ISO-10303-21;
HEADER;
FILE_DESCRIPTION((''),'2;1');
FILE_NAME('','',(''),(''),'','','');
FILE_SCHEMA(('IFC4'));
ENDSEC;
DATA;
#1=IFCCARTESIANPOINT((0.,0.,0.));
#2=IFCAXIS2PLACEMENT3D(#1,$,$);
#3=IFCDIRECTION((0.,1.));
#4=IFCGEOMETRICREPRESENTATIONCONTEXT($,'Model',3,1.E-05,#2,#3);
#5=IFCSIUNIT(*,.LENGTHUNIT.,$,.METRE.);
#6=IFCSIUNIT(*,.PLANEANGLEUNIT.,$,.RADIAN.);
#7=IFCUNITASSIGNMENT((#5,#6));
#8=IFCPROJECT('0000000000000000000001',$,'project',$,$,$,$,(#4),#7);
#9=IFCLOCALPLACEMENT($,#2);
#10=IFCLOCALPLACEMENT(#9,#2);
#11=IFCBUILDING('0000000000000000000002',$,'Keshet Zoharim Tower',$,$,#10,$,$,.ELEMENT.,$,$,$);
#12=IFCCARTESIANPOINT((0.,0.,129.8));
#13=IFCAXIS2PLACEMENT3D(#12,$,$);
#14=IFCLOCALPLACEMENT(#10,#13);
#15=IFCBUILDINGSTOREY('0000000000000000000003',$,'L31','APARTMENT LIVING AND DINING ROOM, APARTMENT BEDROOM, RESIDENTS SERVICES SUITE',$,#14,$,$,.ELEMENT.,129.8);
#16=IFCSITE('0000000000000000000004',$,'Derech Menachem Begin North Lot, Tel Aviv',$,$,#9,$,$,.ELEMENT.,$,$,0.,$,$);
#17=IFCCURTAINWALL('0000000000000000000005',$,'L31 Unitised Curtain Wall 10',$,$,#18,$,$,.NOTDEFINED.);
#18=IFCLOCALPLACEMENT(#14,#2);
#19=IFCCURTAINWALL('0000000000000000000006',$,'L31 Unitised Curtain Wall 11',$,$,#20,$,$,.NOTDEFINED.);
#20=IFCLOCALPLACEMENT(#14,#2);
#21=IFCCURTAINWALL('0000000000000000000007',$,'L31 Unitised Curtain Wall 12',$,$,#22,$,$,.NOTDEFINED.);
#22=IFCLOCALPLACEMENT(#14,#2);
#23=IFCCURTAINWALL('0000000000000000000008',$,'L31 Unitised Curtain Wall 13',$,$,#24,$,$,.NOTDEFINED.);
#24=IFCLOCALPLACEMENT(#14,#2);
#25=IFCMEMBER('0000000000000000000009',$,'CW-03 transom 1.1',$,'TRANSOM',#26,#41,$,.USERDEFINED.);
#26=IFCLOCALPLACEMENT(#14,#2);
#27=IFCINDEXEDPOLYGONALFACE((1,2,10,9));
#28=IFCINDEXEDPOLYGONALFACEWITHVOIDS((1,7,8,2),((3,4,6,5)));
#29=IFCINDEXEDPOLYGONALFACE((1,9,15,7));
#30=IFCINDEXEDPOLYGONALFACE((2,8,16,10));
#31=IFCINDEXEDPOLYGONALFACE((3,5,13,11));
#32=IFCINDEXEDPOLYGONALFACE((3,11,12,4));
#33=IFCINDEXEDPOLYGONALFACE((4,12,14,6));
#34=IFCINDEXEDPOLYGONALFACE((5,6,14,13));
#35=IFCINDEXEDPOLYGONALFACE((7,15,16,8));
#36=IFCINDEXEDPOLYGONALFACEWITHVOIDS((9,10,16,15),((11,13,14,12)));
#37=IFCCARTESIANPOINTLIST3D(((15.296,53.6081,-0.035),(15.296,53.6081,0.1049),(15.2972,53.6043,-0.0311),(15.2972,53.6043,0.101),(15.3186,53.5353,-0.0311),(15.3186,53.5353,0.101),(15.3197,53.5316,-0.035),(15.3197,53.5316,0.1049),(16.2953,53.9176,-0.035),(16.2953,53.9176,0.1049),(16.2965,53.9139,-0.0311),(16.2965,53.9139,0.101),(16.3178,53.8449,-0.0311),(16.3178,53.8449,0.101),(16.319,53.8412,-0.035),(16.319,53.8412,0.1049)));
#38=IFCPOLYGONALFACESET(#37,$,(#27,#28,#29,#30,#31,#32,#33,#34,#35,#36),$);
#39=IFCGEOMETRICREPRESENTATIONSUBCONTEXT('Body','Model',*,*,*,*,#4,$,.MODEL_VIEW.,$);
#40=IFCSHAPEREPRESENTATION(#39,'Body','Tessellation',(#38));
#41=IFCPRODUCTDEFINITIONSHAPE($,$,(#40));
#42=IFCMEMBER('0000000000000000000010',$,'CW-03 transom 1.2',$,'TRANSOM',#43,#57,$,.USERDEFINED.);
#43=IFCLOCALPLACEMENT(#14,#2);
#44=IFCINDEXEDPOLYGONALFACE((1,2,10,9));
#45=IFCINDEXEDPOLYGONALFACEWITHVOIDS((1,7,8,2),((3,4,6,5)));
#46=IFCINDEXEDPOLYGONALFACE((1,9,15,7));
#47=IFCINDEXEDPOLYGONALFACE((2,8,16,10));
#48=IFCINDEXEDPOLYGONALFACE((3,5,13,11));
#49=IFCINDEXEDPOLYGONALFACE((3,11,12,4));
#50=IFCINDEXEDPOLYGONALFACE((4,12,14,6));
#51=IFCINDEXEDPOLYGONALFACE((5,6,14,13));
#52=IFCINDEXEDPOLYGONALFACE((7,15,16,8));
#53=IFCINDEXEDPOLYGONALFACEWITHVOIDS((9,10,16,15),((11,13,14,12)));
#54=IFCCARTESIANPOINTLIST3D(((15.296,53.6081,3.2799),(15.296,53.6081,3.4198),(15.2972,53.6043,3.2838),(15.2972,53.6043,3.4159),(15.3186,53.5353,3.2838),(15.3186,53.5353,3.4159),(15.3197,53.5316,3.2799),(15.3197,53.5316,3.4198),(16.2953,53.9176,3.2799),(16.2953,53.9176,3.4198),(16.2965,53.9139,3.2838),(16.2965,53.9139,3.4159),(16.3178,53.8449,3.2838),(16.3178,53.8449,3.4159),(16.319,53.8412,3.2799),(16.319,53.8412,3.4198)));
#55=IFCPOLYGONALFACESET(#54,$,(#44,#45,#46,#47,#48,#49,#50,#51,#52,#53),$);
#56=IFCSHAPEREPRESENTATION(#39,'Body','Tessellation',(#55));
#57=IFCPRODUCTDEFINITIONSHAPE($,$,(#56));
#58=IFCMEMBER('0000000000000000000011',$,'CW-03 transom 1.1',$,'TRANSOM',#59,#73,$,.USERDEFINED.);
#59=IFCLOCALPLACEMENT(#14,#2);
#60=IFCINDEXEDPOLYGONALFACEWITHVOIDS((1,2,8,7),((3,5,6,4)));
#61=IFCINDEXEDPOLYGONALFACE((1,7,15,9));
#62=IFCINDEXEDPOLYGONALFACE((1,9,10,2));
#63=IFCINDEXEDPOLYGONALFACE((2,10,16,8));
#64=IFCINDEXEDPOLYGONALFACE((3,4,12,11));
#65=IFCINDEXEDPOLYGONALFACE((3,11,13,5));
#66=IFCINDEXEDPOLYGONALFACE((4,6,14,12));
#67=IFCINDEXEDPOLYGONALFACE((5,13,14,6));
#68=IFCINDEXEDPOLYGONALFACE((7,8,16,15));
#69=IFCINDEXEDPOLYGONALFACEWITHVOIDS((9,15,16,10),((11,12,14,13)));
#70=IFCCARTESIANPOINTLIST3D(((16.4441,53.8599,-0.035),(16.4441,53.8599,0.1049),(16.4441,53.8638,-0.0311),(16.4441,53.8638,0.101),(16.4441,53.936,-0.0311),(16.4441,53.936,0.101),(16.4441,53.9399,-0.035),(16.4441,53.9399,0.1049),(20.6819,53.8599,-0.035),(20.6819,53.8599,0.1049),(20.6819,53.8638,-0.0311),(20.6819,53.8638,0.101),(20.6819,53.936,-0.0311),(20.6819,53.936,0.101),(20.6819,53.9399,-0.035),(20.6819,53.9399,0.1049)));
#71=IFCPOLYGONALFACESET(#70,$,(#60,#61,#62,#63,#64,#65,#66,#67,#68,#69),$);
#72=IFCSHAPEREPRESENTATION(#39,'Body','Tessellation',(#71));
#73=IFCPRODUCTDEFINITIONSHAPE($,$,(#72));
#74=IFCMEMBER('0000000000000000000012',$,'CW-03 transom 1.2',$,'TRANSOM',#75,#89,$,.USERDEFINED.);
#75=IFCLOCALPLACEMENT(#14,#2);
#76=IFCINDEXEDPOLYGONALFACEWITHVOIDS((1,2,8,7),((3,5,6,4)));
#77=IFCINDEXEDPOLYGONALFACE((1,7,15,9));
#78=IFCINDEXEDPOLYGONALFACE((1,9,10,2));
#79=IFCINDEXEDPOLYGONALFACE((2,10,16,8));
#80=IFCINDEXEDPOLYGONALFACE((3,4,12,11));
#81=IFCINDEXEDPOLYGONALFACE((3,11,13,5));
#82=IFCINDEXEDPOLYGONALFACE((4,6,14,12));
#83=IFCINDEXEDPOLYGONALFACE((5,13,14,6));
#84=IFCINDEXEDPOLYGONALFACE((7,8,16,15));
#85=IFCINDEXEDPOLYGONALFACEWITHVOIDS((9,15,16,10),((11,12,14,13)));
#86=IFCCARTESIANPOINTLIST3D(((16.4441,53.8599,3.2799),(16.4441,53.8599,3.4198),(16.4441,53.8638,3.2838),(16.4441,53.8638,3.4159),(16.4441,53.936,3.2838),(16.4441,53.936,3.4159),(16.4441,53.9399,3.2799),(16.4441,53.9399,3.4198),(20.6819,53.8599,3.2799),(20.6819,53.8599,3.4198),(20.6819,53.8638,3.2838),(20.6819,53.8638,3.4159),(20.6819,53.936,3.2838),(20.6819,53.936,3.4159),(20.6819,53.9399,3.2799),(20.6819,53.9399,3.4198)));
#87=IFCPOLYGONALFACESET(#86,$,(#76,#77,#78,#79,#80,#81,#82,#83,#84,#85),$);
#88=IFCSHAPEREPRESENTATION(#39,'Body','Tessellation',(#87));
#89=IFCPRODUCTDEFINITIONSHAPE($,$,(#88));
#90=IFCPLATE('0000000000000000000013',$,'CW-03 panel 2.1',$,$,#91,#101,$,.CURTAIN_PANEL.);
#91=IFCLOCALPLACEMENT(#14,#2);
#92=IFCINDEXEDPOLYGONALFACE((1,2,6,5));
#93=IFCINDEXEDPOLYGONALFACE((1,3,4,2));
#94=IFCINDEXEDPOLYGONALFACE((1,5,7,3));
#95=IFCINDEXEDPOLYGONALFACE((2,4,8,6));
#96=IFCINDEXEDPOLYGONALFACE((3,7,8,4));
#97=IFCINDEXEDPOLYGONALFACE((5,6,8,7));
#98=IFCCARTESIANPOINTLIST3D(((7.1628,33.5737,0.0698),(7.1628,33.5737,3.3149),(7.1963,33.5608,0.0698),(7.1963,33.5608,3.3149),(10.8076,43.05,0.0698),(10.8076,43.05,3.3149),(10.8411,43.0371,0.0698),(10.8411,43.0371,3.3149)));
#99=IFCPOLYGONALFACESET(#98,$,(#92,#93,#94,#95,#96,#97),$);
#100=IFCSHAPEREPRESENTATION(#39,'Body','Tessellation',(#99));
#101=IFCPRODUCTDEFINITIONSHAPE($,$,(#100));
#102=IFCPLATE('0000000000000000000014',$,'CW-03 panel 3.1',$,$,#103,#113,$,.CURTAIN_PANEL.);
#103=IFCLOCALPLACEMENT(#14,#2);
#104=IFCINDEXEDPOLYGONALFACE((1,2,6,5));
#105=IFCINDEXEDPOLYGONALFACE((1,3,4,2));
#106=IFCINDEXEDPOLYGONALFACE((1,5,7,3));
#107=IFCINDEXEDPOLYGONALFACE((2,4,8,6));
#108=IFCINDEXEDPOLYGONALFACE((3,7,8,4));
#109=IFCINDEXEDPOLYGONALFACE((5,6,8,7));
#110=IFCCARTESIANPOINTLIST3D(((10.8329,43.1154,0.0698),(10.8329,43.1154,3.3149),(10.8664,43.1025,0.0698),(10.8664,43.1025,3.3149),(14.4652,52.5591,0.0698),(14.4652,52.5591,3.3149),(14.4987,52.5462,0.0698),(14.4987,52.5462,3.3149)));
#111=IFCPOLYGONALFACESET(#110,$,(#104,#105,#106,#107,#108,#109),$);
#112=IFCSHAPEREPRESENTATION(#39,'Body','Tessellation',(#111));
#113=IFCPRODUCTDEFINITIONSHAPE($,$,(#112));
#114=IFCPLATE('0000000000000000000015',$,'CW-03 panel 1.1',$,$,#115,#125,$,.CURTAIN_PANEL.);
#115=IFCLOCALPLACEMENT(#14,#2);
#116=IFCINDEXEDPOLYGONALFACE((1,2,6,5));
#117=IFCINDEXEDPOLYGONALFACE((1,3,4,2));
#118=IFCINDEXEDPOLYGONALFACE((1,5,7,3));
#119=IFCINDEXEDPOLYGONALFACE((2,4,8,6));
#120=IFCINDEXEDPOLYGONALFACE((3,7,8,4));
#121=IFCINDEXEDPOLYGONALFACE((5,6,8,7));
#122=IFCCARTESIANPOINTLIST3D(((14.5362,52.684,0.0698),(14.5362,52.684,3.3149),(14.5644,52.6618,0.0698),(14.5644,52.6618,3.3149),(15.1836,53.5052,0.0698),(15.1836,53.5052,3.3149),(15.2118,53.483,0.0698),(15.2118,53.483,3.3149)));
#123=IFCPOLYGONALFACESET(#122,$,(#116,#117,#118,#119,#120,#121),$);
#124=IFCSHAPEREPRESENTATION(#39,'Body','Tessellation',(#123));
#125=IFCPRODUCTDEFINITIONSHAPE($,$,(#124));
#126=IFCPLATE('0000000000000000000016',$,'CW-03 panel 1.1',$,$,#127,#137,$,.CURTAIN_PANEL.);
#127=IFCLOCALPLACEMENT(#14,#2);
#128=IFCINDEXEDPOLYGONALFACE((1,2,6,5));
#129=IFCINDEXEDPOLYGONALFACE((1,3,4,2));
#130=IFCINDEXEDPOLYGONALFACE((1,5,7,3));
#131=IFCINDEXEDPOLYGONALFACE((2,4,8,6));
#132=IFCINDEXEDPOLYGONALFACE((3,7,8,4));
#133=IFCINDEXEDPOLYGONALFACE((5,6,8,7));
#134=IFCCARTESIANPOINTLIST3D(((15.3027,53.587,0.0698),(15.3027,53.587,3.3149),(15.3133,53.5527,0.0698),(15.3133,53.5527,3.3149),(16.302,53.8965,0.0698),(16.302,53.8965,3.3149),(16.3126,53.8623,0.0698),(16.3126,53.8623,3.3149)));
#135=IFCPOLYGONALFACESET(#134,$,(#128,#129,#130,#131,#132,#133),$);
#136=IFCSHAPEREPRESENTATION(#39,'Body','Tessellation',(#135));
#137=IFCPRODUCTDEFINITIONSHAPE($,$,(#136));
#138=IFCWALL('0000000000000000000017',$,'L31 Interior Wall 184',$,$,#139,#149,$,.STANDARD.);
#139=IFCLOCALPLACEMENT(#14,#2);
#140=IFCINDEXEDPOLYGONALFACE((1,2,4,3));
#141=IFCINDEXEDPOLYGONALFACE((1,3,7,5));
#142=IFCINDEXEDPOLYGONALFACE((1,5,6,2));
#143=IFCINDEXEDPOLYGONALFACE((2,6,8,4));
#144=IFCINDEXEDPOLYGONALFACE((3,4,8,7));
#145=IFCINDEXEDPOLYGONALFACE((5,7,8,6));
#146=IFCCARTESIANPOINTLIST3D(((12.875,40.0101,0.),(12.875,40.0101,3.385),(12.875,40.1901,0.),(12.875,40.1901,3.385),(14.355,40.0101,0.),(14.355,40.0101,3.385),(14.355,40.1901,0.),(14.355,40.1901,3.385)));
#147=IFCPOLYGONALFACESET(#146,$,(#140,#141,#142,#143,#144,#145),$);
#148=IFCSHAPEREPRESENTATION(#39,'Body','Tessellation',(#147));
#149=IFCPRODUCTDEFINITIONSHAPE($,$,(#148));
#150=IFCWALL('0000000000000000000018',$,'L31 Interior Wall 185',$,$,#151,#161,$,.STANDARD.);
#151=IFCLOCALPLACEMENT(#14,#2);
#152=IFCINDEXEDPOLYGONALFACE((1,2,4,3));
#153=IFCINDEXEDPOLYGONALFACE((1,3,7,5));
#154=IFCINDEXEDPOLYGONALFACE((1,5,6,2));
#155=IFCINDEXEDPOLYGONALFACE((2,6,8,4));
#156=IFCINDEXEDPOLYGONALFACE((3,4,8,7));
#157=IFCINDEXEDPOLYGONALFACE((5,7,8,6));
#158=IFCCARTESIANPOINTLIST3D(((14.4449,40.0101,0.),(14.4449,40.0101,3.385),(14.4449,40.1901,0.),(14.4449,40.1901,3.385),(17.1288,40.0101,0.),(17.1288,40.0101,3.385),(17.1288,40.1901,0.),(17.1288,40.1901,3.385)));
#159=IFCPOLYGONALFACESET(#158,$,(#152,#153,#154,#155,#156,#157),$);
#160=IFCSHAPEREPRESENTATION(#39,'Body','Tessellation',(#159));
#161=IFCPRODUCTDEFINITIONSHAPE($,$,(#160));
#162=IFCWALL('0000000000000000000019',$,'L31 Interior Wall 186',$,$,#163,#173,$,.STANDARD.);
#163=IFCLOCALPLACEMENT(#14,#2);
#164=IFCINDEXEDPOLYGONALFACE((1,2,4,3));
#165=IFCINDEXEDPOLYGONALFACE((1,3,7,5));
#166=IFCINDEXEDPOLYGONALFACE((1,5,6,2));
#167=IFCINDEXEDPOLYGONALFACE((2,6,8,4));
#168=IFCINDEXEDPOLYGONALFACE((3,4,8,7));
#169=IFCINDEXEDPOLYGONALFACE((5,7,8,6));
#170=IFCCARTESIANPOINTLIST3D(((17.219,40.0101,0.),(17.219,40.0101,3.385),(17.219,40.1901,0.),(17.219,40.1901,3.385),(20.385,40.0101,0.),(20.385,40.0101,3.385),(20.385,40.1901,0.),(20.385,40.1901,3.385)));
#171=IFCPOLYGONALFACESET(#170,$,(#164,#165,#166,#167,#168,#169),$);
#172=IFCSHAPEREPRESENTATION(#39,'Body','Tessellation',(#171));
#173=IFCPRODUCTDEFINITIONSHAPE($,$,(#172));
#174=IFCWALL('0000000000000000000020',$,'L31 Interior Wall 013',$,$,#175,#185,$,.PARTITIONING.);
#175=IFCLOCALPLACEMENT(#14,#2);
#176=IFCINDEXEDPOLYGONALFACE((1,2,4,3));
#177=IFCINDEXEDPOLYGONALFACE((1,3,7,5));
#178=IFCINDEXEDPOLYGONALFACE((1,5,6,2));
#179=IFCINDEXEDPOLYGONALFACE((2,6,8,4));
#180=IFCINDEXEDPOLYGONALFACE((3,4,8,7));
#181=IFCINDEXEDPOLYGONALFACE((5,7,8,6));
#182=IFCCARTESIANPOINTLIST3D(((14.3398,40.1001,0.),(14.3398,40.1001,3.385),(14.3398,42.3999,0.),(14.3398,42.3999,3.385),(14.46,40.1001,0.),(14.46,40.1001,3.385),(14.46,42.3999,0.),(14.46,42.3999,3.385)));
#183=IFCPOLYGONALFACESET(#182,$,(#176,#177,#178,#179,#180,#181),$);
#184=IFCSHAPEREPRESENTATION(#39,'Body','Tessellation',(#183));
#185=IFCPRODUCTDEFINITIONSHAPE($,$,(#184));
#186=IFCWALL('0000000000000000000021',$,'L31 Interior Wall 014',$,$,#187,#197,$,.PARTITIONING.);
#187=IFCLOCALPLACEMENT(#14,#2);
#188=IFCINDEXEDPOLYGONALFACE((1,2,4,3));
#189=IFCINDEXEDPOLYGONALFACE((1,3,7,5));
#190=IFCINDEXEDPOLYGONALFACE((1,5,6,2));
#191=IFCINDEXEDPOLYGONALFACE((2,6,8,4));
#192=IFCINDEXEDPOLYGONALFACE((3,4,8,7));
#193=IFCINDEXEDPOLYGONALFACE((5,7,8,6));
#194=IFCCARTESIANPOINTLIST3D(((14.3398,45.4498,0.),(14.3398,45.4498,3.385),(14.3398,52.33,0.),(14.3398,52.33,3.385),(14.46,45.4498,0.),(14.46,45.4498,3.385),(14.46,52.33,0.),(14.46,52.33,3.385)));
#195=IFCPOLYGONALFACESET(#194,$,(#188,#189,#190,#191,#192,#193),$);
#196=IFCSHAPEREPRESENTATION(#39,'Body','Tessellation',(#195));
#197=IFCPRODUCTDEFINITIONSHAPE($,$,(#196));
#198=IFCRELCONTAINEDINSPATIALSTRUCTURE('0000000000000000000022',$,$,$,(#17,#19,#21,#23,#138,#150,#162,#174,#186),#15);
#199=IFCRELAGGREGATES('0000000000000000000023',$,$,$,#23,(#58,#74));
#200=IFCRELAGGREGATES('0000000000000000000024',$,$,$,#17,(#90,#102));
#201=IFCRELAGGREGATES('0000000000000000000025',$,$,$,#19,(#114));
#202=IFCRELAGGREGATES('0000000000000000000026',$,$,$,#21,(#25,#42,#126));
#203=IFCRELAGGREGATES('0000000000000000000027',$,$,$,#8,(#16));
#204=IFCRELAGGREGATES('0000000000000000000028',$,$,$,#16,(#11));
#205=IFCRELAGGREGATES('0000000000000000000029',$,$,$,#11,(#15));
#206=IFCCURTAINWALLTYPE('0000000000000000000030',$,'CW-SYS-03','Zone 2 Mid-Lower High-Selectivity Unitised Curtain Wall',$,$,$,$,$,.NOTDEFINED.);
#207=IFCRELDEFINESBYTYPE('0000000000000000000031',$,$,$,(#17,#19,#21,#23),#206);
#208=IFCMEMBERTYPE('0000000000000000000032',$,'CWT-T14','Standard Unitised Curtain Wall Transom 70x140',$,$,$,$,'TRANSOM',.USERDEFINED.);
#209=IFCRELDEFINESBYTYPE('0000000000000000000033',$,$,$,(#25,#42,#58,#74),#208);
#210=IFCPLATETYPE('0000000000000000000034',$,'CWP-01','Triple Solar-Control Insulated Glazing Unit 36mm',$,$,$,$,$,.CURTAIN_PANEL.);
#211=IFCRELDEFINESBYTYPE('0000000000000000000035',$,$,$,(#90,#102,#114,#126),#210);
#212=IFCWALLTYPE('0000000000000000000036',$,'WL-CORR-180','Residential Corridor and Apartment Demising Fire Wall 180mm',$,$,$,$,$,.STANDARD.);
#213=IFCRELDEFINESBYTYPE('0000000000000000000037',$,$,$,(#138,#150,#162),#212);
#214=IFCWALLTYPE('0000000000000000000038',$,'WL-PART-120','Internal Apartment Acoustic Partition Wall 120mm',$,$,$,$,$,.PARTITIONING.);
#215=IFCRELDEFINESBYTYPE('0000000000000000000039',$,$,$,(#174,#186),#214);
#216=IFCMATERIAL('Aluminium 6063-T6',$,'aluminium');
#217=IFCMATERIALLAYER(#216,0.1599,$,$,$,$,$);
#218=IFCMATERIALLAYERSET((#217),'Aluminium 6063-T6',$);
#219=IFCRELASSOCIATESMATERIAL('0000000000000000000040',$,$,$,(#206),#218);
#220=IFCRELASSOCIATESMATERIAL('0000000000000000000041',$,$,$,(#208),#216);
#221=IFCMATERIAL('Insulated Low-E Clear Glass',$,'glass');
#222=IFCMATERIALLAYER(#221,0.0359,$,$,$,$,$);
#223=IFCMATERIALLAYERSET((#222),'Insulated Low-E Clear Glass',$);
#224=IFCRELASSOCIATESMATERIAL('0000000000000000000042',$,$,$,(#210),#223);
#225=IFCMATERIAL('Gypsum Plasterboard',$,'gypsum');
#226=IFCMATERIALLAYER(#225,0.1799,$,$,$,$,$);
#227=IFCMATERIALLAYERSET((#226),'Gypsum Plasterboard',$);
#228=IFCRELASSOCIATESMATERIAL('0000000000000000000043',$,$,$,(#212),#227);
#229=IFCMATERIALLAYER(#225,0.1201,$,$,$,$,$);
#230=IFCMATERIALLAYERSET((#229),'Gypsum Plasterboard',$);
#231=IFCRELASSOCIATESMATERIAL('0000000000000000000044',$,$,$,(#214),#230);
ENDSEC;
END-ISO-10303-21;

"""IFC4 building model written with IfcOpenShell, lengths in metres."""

from ifc_helpers import new_model, si_unit, direction, frame, frame_2d, origin, origin_2d, place, context, subcontext, project, spatial, rectangle, hollow_rectangle, extrude, material, layer, layer_set, material_profile, profile_set, type_object, element, aggregate, save


model = new_model("IFC4")

# Units and contexts
model_context = context("Model", 3, precision=1e-05, world=origin(), true_north=direction((0.0, 1.0)))
body_context = subcontext(model_context, "Body", "Model", "MODEL_VIEW")
ifc_project = project(units=[si_unit("LENGTHUNIT", "METRE"), si_unit("PLANEANGLEUNIT", "RADIAN")], contexts=[model_context])

# Site, building, storey
site_placement = place(None, origin())
site = spatial("IfcSite", under=ifc_project, at=site_placement, Name="Derech Menachem Begin North Lot, Tel Aviv", CompositionType="ELEMENT", RefElevation=0.0)
building_placement = place(site_placement, origin())
building = spatial("IfcBuilding", under=site, at=building_placement, Name="Keshet Zoharim Tower", CompositionType="ELEMENT")
storey_placement = place(building_placement, frame((0.0, 0.0, 129.8)))
storey = spatial("IfcBuildingStorey", under=building, at=storey_placement, Name="L31", Description="APARTMENT LIVING AND DINING ROOM, APARTMENT BEDROOM, RESIDENTS SERVICES SUITE", CompositionType="ELEMENT", Elevation=129.8)

# Curtain walls
ifc_material_1 = material(Name="Aluminium 6063-T6", Category="aluminium")
ifc_layer_1 = layer(ifc_material_1, 0.1599)
ifc_layer_set_1 = layer_set([ifc_layer_1], Name="Aluminium 6063-T6")
curtain_wall_type = type_object("IfcCurtainWallType", Name="CW-SYS-03", Description="Zone 2 Mid-Lower High-Selectivity Unitised Curtain Wall", PredefinedType="NOTDEFINED", material=ifc_layer_set_1)
curtain_wall_1_placement = place(storey_placement, origin())
curtain_wall_1 = element("IfcCurtainWall", 1, at=curtain_wall_1_placement, inside=storey, type_object=curtain_wall_type, Name="L31 Unitised Curtain Wall 10", PredefinedType="NOTDEFINED")
curtain_wall_2_placement = place(storey_placement, origin())
curtain_wall_2 = element("IfcCurtainWall", 2, at=curtain_wall_2_placement, inside=storey, type_object=curtain_wall_type, Name="L31 Unitised Curtain Wall 11", PredefinedType="NOTDEFINED")
curtain_wall_3_placement = place(storey_placement, origin())
curtain_wall_3 = element("IfcCurtainWall", 3, at=curtain_wall_3_placement, inside=storey, type_object=curtain_wall_type, Name="L31 Unitised Curtain Wall 12", PredefinedType="NOTDEFINED")

# Curtain wall
curtain_wall_4_placement = place(storey_placement, origin())
curtain_wall_4 = element("IfcCurtainWall", 4, at=curtain_wall_4_placement, inside=storey, type_object=curtain_wall_type, Name="L31 Unitised Curtain Wall 13", PredefinedType="NOTDEFINED")

# Members
ifc_material_profile_1 = material_profile(ifc_material_1, hollow_rectangle(XDim=0.0801, YDim=0.1399, WallThickness=0.0039, at=origin_2d()), Name="TRN-80x140")
ifc_profile_set_1 = profile_set([ifc_material_profile_1], Name="Aluminium 6063-T6")
member_type_1 = type_object("IfcMemberType", Name="CWT-T14", Description="Standard Unitised Curtain Wall Transom 70x140", ElementType="TRANSOM", PredefinedType="USERDEFINED", material=ifc_profile_set_1)
member_1_placement = place(storey_placement, frame((15.3079, 53.5698, 0.0349), z_axis=(0.955212, 0.295922, 0.0), x_axis=(-0.295922, 0.955212, 0.0)))
member_1 = element("IfcMember", 5, at=member_1_placement, type_object=member_type_1, Name="CW-03 transom 1.1", ObjectType="TRANSOM", PredefinedType="USERDEFINED", context=body_context, shape_type="SweptSolid", body=[
    extrude(hollow_rectangle(XDim=0.0801, YDim=0.1399, WallThickness=0.0039, at=origin_2d()), origin(), (0.0, 0.0, 1.0), 1.0461),
])
member_2_placement = place(storey_placement, frame((15.3079, 53.5698, 3.3499), z_axis=(0.955212, 0.295922, 0.0), x_axis=(-0.295922, 0.955212, 0.0)))
member_2 = element("IfcMember", 6, at=member_2_placement, type_object=member_type_1, Name="CW-03 transom 1.2", ObjectType="TRANSOM", PredefinedType="USERDEFINED", context=body_context, shape_type="SweptSolid", body=[
    extrude(hollow_rectangle(XDim=0.0801, YDim=0.1399, WallThickness=0.0039, at=origin_2d()), origin(), (0.0, 0.0, 1.0), 1.0461),
])
member_3_placement = place(storey_placement, frame((16.4441, 53.8999, 0.0349), z_axis=(1.0, 0.0, 0.0), x_axis=(0.0, 1.0, 0.0)))
member_3 = element("IfcMember", 7, at=member_3_placement, type_object=member_type_1, Name="CW-03 transom 1.1", ObjectType="TRANSOM", PredefinedType="USERDEFINED", context=body_context, shape_type="SweptSolid", body=[
    extrude(hollow_rectangle(XDim=0.0801, YDim=0.1399, WallThickness=0.0039, at=origin_2d()), origin(), (0.0, 0.0, 1.0), 4.2378),
])
member_4_placement = place(storey_placement, frame((16.4441, 53.8999, 3.3499), z_axis=(1.0, 0.0, 0.0), x_axis=(0.0, 1.0, 0.0)))
member_4 = element("IfcMember", 8, at=member_4_placement, type_object=member_type_1, Name="CW-03 transom 1.2", ObjectType="TRANSOM", PredefinedType="USERDEFINED", context=body_context, shape_type="SweptSolid", body=[
    extrude(hollow_rectangle(XDim=0.0801, YDim=0.1399, WallThickness=0.0039, at=origin_2d()), origin(), (0.0, 0.0, 1.0), 4.2378),
])
aggregate(curtain_wall_4, [member_3, member_4])

# Plates
ifc_material_2 = material(Name="Insulated Low-E Clear Glass", Category="glass")
ifc_layer_2 = layer(ifc_material_2, 0.0359)
ifc_layer_set_2 = layer_set([ifc_layer_2], Name="Insulated Low-E Clear Glass")
plate_type = type_object("IfcPlateType", Name="CWP-01", Description="Triple Solar-Control Insulated Glazing Unit 36mm", PredefinedType="CURTAIN_PANEL", material=ifc_layer_set_2)
plate_1_placement = place(storey_placement, frame((9.002, 38.3054, 0.0698), z_axis=(0.0, 0.0, 1.0), x_axis=(0.35899, 0.933341, 0.0)))
plate_1 = element("IfcPlate", 9, at=plate_1_placement, type_object=plate_type, Name="CW-03 panel 2.1", PredefinedType="CURTAIN_PANEL", context=body_context, shape_type="SweptSolid", body=[
    extrude(rectangle(XDim=10.1531, YDim=0.0359, at=origin_2d()), origin(), (0.0, 0.0, 1.0), 3.2451),
])
plate_2_placement = place(storey_placement, frame((12.6658, 47.8308, 0.0698), z_axis=(0.0, 0.0, 1.0), x_axis=(0.35899, 0.933341, 0.0)))
plate_2 = element("IfcPlate", 10, at=plate_2_placement, type_object=plate_type, Name="CW-03 panel 3.1", PredefinedType="CURTAIN_PANEL", context=body_context, shape_type="SweptSolid", body=[
    extrude(rectangle(XDim=10.1182, YDim=0.0359, at=origin_2d()), origin(), (0.0, 0.0, 1.0), 3.2451),
])
aggregate(curtain_wall_1, [plate_1, plate_2])
plate_3_placement = place(storey_placement, frame((14.874, 53.0835, 0.0698), z_axis=(0.0, 0.0, 1.0), x_axis=(0.619125, 0.785293, 0.0)))
plate_3 = element("IfcPlate", 11, at=plate_3_placement, type_object=plate_type, Name="CW-03 panel 1.1", PredefinedType="CURTAIN_PANEL", context=body_context, shape_type="SweptSolid", body=[
    extrude(rectangle(XDim=1.0457, YDim=0.0359, at=origin_2d()), origin(), (0.0, 0.0, 1.0), 3.2451),
])
aggregate(curtain_wall_2, [plate_3])
plate_4_placement = place(storey_placement, frame((15.8076, 53.7246, 0.0698), z_axis=(0.0, 0.0, 1.0), x_axis=(0.955212, 0.295922, 0.0)))
plate_4 = element("IfcPlate", 12, at=plate_4_placement, type_object=plate_type, Name="CW-03 panel 1.1", PredefinedType="CURTAIN_PANEL", context=body_context, shape_type="SweptSolid", body=[
    extrude(rectangle(XDim=1.0461, YDim=0.0359, at=origin_2d()), origin(), (0.0, 0.0, 1.0), 3.2451),
])
aggregate(curtain_wall_3, [member_1, member_2, plate_4])

# Walls
ifc_material_3 = material(Name="Gypsum Plasterboard", Category="gypsum")
ifc_layer_3 = layer(ifc_material_3, 0.1799)
ifc_layer_set_3 = layer_set([ifc_layer_3], Name="Gypsum Plasterboard")
wall_type_1 = type_object("IfcWallType", Name="WL-CORR-180", Description="Residential Corridor and Apartment Demising Fire Wall 180mm", PredefinedType="STANDARD", material=ifc_layer_set_3)
wall_1_placement = place(storey_placement, frame((12.875, 40.1001, 0.0), z_axis=(0.0, 0.0, 1.0), x_axis=(1.0, 0.0, 0.0)))
element("IfcWall", 13, at=wall_1_placement, inside=storey, type_object=wall_type_1, Name="L31 Interior Wall 184", PredefinedType="STANDARD", context=body_context, shape_type="SweptSolid", body=[
    extrude(rectangle(XDim=1.48, YDim=0.1799, at=frame_2d((0.74, 0.0))), origin(), (0.0, 0.0, 1.0), 3.385),
])
wall_2_placement = place(storey_placement, frame((14.4451, 40.1001, 0.0), z_axis=(0.0, 0.0, 1.0), x_axis=(1.0, 0.0, 0.0)))
element("IfcWall", 14, at=wall_2_placement, inside=storey, type_object=wall_type_1, Name="L31 Interior Wall 185", PredefinedType="STANDARD", context=body_context, shape_type="SweptSolid", body=[
    extrude(rectangle(XDim=2.6838, YDim=0.1799, at=frame_2d((1.3418, 0.0))), origin(), (0.0, 0.0, 1.0), 3.385),
])
wall_3_placement = place(storey_placement, frame((17.219, 40.1001, 0.0), z_axis=(0.0, 0.0, 1.0), x_axis=(1.0, 0.0, 0.0)))
element("IfcWall", 15, at=wall_3_placement, inside=storey, type_object=wall_type_1, Name="L31 Interior Wall 186", PredefinedType="STANDARD", context=body_context, shape_type="SweptSolid", body=[
    extrude(rectangle(XDim=3.166, YDim=0.1799, at=frame_2d((1.583, 0.0))), origin(), (0.0, 0.0, 1.0), 3.385),
])
ifc_layer_4 = layer(ifc_material_3, 0.1201)
ifc_layer_set_4 = layer_set([ifc_layer_4], Name="Gypsum Plasterboard")
wall_type_2 = type_object("IfcWallType", Name="WL-PART-120", Description="Internal Apartment Acoustic Partition Wall 120mm", PredefinedType="PARTITIONING", material=ifc_layer_set_4)
wall_4_placement = place(storey_placement, frame((14.3999, 40.1001, 0.0), z_axis=(0.0, 0.0, 1.0), x_axis=(0.0, 1.0, 0.0)))
element("IfcWall", 16, at=wall_4_placement, inside=storey, type_object=wall_type_2, Name="L31 Interior Wall 013", PredefinedType="PARTITIONING", context=body_context, shape_type="SweptSolid", body=[
    extrude(rectangle(XDim=2.2998, YDim=0.1201, at=frame_2d((1.1499, 0.0))), origin(), (0.0, 0.0, 1.0), 3.385),
])
wall_5_placement = place(storey_placement, frame((14.3999, 45.45, 0.0), z_axis=(0.0, 0.0, 1.0), x_axis=(0.0, 1.0, 0.0)))
element("IfcWall", 17, at=wall_5_placement, inside=storey, type_object=wall_type_2, Name="L31 Interior Wall 014", PredefinedType="PARTITIONING", context=body_context, shape_type="SweptSolid", body=[
    extrude(rectangle(XDim=6.8801, YDim=0.1201, at=frame_2d((3.4399, 0.0))), origin(), (0.0, 0.0, 1.0), 3.385),
])

save(model, "model.ifc")
